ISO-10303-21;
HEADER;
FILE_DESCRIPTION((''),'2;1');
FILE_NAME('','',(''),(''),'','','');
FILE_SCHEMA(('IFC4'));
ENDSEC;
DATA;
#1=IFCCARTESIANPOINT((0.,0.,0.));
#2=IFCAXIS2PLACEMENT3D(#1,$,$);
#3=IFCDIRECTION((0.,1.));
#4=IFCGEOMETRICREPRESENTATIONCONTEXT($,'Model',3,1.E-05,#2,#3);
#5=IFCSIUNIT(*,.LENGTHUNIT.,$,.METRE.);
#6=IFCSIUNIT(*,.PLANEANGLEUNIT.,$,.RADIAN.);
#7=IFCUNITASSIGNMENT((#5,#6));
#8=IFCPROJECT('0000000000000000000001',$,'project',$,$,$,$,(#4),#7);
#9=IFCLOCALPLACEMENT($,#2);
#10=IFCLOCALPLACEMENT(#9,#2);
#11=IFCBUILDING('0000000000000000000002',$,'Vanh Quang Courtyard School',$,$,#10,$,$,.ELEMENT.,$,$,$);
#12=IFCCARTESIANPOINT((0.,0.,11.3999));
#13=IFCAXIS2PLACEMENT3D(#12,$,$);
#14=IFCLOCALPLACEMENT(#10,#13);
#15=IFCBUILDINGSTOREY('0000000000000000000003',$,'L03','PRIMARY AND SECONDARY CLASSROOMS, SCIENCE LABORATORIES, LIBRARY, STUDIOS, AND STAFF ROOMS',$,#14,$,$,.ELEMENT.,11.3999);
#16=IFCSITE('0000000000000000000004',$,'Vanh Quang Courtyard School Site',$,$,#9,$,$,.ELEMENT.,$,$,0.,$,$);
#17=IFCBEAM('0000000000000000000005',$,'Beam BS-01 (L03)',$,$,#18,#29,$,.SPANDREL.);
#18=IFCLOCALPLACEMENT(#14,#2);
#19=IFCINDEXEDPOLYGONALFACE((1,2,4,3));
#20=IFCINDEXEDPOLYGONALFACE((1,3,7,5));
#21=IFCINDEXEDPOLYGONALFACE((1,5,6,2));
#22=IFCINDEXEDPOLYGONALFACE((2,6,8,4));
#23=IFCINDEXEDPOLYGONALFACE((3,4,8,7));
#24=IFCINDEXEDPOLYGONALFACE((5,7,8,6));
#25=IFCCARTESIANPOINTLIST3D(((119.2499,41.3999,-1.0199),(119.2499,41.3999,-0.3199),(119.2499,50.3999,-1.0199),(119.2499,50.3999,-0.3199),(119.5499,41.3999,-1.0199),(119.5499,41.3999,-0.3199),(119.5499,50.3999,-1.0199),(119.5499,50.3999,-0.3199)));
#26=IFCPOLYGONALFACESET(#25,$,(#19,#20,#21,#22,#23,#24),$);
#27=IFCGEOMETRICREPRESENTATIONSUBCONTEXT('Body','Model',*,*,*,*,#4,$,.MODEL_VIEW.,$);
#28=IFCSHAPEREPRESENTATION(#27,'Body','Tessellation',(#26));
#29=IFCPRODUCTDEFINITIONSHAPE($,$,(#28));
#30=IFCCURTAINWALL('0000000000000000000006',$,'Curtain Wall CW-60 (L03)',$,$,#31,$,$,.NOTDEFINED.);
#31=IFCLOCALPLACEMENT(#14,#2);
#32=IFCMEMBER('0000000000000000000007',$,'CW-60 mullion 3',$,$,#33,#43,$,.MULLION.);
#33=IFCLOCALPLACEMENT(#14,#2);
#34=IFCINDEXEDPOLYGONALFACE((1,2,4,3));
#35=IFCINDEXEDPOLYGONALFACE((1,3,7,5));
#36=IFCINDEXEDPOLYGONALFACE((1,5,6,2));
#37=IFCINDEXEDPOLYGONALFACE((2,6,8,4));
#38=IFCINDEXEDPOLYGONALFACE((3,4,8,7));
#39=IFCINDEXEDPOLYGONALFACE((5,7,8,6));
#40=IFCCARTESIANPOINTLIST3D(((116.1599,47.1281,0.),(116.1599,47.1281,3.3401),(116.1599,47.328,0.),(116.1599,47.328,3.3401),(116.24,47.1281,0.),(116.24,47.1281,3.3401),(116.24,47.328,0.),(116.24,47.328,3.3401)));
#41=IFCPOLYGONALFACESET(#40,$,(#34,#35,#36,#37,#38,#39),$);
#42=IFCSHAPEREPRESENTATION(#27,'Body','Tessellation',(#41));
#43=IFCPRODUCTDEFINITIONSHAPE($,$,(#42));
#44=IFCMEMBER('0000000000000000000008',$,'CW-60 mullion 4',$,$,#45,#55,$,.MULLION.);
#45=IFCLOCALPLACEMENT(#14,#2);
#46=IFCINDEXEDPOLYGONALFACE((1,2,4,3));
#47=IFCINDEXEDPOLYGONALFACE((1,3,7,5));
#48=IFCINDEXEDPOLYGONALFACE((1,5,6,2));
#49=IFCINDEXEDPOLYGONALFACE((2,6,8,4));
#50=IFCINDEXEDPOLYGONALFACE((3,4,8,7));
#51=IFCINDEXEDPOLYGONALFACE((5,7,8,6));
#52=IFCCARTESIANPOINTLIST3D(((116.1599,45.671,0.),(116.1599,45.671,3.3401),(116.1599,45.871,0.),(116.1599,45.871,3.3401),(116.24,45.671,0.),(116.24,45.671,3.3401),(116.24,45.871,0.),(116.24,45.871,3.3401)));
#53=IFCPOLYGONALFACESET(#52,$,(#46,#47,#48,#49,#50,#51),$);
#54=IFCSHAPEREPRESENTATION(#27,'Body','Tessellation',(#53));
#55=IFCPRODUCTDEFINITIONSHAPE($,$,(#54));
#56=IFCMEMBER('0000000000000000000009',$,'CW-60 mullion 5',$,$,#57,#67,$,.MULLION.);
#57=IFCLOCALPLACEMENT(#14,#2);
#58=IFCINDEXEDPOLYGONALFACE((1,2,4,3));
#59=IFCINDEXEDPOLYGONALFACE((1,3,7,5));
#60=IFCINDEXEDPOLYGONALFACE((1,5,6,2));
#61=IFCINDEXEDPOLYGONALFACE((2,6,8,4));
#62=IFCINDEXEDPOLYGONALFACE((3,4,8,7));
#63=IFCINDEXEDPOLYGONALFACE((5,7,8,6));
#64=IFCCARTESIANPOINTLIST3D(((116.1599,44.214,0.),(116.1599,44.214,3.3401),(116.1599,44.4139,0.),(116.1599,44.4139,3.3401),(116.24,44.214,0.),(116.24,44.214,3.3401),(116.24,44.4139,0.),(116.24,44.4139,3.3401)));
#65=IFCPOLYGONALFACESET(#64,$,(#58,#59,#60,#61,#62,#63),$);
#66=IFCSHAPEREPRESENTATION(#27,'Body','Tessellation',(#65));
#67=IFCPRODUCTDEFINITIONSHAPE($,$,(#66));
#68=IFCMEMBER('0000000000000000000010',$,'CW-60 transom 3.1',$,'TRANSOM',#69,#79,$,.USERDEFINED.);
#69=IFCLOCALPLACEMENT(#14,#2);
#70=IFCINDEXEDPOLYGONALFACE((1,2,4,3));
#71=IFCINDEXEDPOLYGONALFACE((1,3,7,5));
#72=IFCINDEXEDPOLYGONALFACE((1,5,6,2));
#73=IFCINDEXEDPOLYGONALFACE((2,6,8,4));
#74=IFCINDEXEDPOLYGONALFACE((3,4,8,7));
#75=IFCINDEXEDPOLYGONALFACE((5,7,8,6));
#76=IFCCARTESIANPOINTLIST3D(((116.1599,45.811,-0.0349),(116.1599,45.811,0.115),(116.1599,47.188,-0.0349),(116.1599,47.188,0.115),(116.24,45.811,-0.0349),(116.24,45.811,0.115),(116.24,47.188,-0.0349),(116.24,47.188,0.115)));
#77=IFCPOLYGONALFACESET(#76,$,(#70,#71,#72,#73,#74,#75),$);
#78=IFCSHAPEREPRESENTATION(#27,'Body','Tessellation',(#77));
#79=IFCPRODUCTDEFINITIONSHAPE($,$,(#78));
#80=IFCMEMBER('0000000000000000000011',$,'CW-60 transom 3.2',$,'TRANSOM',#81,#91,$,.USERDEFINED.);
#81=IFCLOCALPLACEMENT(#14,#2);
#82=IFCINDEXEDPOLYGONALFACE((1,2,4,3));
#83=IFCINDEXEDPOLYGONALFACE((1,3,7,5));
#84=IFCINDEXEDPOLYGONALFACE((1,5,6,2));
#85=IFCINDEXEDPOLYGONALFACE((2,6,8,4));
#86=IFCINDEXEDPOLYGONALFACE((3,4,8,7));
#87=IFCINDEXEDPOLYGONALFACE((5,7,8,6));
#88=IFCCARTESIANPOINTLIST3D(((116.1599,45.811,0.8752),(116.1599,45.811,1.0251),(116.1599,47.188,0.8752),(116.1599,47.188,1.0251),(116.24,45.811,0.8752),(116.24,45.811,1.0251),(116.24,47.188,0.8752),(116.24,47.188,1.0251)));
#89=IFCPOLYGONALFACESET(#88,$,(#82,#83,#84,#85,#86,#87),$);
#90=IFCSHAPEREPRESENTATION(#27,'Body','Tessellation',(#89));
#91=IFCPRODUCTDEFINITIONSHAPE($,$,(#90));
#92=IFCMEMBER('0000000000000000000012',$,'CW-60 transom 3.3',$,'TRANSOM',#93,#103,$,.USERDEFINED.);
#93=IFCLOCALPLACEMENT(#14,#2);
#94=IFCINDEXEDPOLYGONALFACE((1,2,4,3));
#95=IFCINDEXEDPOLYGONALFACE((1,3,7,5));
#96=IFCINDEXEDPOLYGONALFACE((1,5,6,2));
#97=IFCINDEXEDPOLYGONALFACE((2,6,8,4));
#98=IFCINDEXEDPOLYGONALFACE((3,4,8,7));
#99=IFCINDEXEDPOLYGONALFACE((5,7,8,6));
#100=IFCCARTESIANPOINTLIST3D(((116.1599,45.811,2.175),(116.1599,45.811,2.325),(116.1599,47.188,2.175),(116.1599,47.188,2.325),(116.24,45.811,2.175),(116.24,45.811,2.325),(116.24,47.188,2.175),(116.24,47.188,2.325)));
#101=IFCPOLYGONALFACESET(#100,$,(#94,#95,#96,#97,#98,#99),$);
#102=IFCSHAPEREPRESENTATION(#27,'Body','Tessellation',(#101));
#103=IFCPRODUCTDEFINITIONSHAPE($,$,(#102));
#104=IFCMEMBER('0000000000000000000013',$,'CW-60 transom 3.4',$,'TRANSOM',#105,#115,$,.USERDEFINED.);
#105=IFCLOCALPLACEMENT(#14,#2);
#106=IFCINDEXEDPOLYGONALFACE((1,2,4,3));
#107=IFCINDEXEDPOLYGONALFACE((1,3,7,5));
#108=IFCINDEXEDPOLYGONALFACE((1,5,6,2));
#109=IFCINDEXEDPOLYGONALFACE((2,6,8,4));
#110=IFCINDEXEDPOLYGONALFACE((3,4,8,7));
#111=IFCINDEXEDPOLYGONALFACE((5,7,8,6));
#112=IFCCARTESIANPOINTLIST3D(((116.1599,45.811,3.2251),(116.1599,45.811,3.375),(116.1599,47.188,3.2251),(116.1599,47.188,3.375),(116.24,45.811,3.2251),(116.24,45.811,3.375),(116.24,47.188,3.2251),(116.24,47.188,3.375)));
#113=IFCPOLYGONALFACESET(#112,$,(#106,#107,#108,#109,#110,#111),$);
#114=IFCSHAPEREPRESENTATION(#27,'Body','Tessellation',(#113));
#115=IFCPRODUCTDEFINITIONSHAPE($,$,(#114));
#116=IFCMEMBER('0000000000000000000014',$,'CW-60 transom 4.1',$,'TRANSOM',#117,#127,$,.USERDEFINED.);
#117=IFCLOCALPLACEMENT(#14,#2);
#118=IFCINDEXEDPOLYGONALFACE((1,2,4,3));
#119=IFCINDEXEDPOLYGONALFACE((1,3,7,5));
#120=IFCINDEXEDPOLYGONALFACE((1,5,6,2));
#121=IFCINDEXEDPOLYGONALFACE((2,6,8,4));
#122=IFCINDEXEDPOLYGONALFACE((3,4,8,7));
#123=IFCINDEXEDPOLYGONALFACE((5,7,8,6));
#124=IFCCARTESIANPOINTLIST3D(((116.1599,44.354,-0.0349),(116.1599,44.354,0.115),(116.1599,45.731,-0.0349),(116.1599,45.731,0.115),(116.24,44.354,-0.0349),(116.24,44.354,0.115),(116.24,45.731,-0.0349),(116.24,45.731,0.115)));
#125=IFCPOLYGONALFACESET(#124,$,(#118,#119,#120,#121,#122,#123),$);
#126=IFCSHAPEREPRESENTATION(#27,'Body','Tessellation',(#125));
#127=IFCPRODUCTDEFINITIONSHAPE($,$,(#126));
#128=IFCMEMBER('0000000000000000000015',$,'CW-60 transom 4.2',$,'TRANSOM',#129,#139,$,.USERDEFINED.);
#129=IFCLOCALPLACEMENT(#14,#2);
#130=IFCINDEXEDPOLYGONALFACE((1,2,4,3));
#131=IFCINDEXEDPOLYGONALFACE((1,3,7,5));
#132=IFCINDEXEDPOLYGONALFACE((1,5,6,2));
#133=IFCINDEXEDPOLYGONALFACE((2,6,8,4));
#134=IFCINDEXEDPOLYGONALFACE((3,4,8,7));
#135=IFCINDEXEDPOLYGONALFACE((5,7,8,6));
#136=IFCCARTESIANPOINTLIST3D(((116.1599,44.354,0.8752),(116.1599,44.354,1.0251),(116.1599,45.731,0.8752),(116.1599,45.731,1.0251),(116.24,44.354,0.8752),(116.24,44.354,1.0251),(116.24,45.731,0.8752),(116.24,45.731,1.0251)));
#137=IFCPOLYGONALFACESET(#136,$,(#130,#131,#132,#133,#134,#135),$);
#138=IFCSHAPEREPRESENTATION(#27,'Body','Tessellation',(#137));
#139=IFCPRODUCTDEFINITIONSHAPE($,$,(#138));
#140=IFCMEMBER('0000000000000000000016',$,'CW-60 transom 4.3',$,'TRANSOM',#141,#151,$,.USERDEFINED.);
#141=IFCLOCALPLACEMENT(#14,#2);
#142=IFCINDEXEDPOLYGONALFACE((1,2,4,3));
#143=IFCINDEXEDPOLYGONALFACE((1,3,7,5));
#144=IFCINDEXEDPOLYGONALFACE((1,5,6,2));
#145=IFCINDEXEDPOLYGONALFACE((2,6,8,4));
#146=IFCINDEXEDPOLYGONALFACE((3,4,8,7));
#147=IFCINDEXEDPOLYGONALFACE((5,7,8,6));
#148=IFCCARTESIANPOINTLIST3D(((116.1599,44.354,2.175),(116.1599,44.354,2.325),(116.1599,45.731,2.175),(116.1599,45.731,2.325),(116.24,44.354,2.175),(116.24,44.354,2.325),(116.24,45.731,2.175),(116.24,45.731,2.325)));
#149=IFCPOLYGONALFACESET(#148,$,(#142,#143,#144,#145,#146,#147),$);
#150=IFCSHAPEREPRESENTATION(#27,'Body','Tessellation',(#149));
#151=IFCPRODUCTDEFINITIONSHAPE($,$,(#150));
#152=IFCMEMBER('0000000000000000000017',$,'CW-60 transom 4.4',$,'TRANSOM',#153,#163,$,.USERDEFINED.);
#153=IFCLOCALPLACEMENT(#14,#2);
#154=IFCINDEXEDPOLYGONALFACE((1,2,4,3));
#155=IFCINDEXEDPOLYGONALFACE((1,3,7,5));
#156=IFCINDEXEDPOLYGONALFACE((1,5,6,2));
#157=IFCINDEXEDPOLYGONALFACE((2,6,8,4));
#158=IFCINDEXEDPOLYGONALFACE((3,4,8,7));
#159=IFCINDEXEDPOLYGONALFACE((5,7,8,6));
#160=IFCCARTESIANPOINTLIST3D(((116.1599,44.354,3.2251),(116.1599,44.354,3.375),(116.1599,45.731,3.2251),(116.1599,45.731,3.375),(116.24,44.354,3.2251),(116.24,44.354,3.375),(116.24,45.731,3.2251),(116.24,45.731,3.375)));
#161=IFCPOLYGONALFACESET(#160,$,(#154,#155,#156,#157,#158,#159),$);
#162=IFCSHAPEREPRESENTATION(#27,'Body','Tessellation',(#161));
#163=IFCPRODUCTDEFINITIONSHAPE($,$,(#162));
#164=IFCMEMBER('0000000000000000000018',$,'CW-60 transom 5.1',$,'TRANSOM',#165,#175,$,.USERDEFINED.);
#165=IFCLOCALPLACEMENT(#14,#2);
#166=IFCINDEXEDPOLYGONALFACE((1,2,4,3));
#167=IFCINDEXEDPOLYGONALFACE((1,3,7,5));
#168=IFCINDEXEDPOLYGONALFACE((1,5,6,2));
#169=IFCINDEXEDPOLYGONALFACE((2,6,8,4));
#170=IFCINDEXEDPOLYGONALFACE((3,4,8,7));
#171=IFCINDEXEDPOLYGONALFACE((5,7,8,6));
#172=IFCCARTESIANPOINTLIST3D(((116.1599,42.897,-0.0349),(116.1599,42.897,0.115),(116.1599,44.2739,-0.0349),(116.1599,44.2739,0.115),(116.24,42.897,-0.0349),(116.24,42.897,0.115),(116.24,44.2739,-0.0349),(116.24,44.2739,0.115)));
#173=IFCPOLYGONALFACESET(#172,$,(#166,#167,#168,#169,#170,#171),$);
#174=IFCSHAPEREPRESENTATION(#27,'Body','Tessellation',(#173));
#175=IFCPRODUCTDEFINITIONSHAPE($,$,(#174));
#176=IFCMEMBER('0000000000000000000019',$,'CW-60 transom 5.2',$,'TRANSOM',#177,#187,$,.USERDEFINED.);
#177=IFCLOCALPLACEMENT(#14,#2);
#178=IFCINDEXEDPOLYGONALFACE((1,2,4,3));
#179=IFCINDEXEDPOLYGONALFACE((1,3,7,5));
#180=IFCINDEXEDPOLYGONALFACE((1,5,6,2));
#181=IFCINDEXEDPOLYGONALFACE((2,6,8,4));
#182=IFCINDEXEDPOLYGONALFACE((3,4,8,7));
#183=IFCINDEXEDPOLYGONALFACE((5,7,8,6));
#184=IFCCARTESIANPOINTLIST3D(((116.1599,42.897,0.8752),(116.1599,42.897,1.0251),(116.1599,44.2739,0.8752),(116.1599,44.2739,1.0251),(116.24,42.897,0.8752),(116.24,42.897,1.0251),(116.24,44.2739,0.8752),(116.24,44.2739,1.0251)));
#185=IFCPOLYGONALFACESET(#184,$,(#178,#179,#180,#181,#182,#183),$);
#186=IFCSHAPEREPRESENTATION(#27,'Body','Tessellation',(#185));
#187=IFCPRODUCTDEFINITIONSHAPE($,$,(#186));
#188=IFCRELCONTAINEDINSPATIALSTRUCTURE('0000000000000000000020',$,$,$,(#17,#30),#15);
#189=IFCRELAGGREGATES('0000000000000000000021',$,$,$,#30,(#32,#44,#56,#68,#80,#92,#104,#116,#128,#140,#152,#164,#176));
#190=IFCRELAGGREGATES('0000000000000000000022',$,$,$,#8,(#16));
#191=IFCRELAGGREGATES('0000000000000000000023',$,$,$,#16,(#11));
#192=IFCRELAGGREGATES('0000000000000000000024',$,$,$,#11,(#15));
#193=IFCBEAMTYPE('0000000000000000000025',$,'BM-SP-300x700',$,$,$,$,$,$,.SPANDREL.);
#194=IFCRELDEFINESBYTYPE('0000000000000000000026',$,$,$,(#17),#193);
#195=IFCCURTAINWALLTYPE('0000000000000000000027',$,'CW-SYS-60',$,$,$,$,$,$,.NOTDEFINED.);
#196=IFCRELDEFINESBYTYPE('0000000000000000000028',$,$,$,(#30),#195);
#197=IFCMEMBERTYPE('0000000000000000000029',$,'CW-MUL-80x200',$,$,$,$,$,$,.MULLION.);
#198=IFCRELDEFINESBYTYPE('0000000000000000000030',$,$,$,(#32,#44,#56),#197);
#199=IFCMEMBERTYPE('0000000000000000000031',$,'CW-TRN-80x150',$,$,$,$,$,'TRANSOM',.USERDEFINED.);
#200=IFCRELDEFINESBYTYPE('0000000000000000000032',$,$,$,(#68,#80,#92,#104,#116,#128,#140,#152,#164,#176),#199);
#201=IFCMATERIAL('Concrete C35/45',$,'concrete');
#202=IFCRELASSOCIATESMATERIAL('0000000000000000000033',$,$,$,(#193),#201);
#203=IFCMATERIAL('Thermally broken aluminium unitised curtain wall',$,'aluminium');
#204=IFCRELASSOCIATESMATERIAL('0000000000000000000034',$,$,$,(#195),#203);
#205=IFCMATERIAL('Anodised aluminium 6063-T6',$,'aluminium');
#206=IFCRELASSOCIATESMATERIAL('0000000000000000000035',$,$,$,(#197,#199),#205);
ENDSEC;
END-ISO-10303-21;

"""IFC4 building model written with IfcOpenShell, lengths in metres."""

from ifc_helpers import new_model, si_unit, direction, frame, origin, origin_2d, place, context, subcontext, project, spatial, rectangle, extrude, material, material_profile, profile_set, type_object, element, aggregate, save


model = new_model("IFC4")

# Units and contexts
model_context = context("Model", 3, precision=1e-05, world=origin(), true_north=direction((0.0, 1.0)))
body_context = subcontext(model_context, "Body", "Model", "MODEL_VIEW")
ifc_project = project(units=[si_unit("LENGTHUNIT", "METRE"), si_unit("PLANEANGLEUNIT", "RADIAN")], contexts=[model_context])

# Site, building, storey
site_placement = place(None, origin())
site = spatial("IfcSite", under=ifc_project, at=site_placement, Name="Vanh Quang Courtyard School Site", CompositionType="ELEMENT", RefElevation=0.0)
building_placement = place(site_placement, origin())
building = spatial("IfcBuilding", under=site, at=building_placement, Name="Vanh Quang Courtyard School", CompositionType="ELEMENT")
storey_placement = place(building_placement, frame((0.0, 0.0, 11.3999)))
storey = spatial("IfcBuildingStorey", under=building, at=storey_placement, Name="L03", Description="PRIMARY AND SECONDARY CLASSROOMS, SCIENCE LABORATORIES, LIBRARY, STUDIOS, AND STAFF ROOMS", CompositionType="ELEMENT", Elevation=11.3999)

# Beam
ifc_material_1 = material(Name="Concrete C35/45", Category="concrete")
ifc_material_profile_1 = material_profile(ifc_material_1, rectangle(XDim=0.3, YDim=0.7, at=origin_2d()), Name="RC-SP 300x700")
ifc_profile_set_1 = profile_set([ifc_material_profile_1], Name="Concrete C35/45")
beam_type = type_object("IfcBeamType", Name="BM-SP-300x700", PredefinedType="SPANDREL", material=ifc_profile_set_1)
beam_placement = place(storey_placement, frame((119.3999, 41.3999, -0.6699), z_axis=(0.0, 1.0, 0.0), x_axis=(-1.0, 0.0, 0.0)))
element("IfcBeam", 1, at=beam_placement, inside=storey, type_object=beam_type, Name="Beam BS-01 (L03)", PredefinedType="SPANDREL", context=body_context, shape_type="SweptSolid", body=[
    extrude(rectangle(XDim=0.3, YDim=0.7, at=origin_2d()), origin(), (0.0, 0.0, 1.0), 9.0),
])

# Curtain wall, members
ifc_material_2 = material(Name="Thermally broken aluminium unitised curtain wall", Category="aluminium")
curtain_wall_type = type_object("IfcCurtainWallType", Name="CW-SYS-60", PredefinedType="NOTDEFINED", material=ifc_material_2)
curtain_wall_placement = place(storey_placement, origin())
curtain_wall = element("IfcCurtainWall", 2, at=curtain_wall_placement, inside=storey, type_object=curtain_wall_type, Name="Curtain Wall CW-60 (L03)", PredefinedType="NOTDEFINED")
ifc_material_3 = material(Name="Anodised aluminium 6063-T6", Category="aluminium")
ifc_material_profile_2 = material_profile(ifc_material_3, rectangle(XDim=0.0801, YDim=0.2, at=origin_2d()), Name="ALU-MUL 80x200")
ifc_profile_set_2 = profile_set([ifc_material_profile_2], Name="Anodised aluminium 6063-T6")
member_type_1 = type_object("IfcMemberType", Name="CW-MUL-80x200", PredefinedType="MULLION", material=ifc_profile_set_2)
member_1_placement = place(storey_placement, frame((116.2, 47.228, 0.0), z_axis=(0.0, 0.0, 1.0), x_axis=(1.0, 0.0, 0.0)))
member_1 = element("IfcMember", 3, at=member_1_placement, type_object=member_type_1, Name="CW-60 mullion 3", PredefinedType="MULLION", context=body_context, shape_type="SweptSolid", body=[
    extrude(rectangle(XDim=0.0801, YDim=0.2, at=origin_2d()), origin(), (0.0, 0.0, 1.0), 3.3401),
])
member_2_placement = place(storey_placement, frame((116.2, 45.771, 0.0), z_axis=(0.0, 0.0, 1.0), x_axis=(1.0, 0.0, 0.0)))
member_2 = element("IfcMember", 4, at=member_2_placement, type_object=member_type_1, Name="CW-60 mullion 4", PredefinedType="MULLION", context=body_context, shape_type="SweptSolid", body=[
    extrude(rectangle(XDim=0.0801, YDim=0.2, at=origin_2d()), origin(), (0.0, 0.0, 1.0), 3.3401),
])
member_3_placement = place(storey_placement, frame((116.2, 44.314, 0.0), z_axis=(0.0, 0.0, 1.0), x_axis=(1.0, 0.0, 0.0)))
member_3 = element("IfcMember", 5, at=member_3_placement, type_object=member_type_1, Name="CW-60 mullion 5", PredefinedType="MULLION", context=body_context, shape_type="SweptSolid", body=[
    extrude(rectangle(XDim=0.0801, YDim=0.2, at=origin_2d()), origin(), (0.0, 0.0, 1.0), 3.3401),
])
ifc_material_profile_3 = material_profile(ifc_material_3, rectangle(XDim=0.0801, YDim=0.1499, at=origin_2d()), Name="ALU-TRN 80x150")
ifc_profile_set_3 = profile_set([ifc_material_profile_3], Name="Anodised aluminium 6063-T6")
member_type_2 = type_object("IfcMemberType", Name="CW-TRN-80x150", ElementType="TRANSOM", PredefinedType="USERDEFINED", material=ifc_profile_set_3)
member_4_placement = place(storey_placement, frame((116.2, 47.188, 0.04), z_axis=(0.0, -1.0, 0.0), x_axis=(1.0, 0.0, 0.0)))
member_4 = element("IfcMember", 6, at=member_4_placement, type_object=member_type_2, Name="CW-60 transom 3.1", ObjectType="TRANSOM", PredefinedType="USERDEFINED", context=body_context, shape_type="SweptSolid", body=[
    extrude(rectangle(XDim=0.0801, YDim=0.1499, at=origin_2d()), origin(), (0.0, 0.0, 1.0), 1.377),
])
member_5_placement = place(storey_placement, frame((116.2, 47.188, 0.9502), z_axis=(0.0, -1.0, 0.0), x_axis=(1.0, 0.0, 0.0)))
member_5 = element("IfcMember", 7, at=member_5_placement, type_object=member_type_2, Name="CW-60 transom 3.2", ObjectType="TRANSOM", PredefinedType="USERDEFINED", context=body_context, shape_type="SweptSolid", body=[
    extrude(rectangle(XDim=0.0801, YDim=0.1499, at=origin_2d()), origin(), (0.0, 0.0, 1.0), 1.377),
])
member_6_placement = place(storey_placement, frame((116.2, 47.188, 2.25), z_axis=(0.0, -1.0, 0.0), x_axis=(1.0, 0.0, 0.0)))
member_6 = element("IfcMember", 8, at=member_6_placement, type_object=member_type_2, Name="CW-60 transom 3.3", ObjectType="TRANSOM", PredefinedType="USERDEFINED", context=body_context, shape_type="SweptSolid", body=[
    extrude(rectangle(XDim=0.0801, YDim=0.1499, at=origin_2d()), origin(), (0.0, 0.0, 1.0), 1.377),
])
member_7_placement = place(storey_placement, frame((116.2, 47.188, 3.3), z_axis=(0.0, -1.0, 0.0), x_axis=(1.0, 0.0, 0.0)))
member_7 = element("IfcMember", 9, at=member_7_placement, type_object=member_type_2, Name="CW-60 transom 3.4", ObjectType="TRANSOM", PredefinedType="USERDEFINED", context=body_context, shape_type="SweptSolid", body=[
    extrude(rectangle(XDim=0.0801, YDim=0.1499, at=origin_2d()), origin(), (0.0, 0.0, 1.0), 1.377),
])
member_8_placement = place(storey_placement, frame((116.2, 45.731, 0.04), z_axis=(0.0, -1.0, 0.0), x_axis=(1.0, 0.0, 0.0)))
member_8 = element("IfcMember", 10, at=member_8_placement, type_object=member_type_2, Name="CW-60 transom 4.1", ObjectType="TRANSOM", PredefinedType="USERDEFINED", context=body_context, shape_type="SweptSolid", body=[
    extrude(rectangle(XDim=0.0801, YDim=0.1499, at=origin_2d()), origin(), (0.0, 0.0, 1.0), 1.377),
])
member_9_placement = place(storey_placement, frame((116.2, 45.731, 0.9502), z_axis=(0.0, -1.0, 0.0), x_axis=(1.0, 0.0, 0.0)))
member_9 = element("IfcMember", 11, at=member_9_placement, type_object=member_type_2, Name="CW-60 transom 4.2", ObjectType="TRANSOM", PredefinedType="USERDEFINED", context=body_context, shape_type="SweptSolid", body=[
    extrude(rectangle(XDim=0.0801, YDim=0.1499, at=origin_2d()), origin(), (0.0, 0.0, 1.0), 1.377),
])
member_10_placement = place(storey_placement, frame((116.2, 45.731, 2.25), z_axis=(0.0, -1.0, 0.0), x_axis=(1.0, 0.0, 0.0)))
member_10 = element("IfcMember", 12, at=member_10_placement, type_object=member_type_2, Name="CW-60 transom 4.3", ObjectType="TRANSOM", PredefinedType="USERDEFINED", context=body_context, shape_type="SweptSolid", body=[
    extrude(rectangle(XDim=0.0801, YDim=0.1499, at=origin_2d()), origin(), (0.0, 0.0, 1.0), 1.377),
])
member_11_placement = place(storey_placement, frame((116.2, 45.731, 3.3), z_axis=(0.0, -1.0, 0.0), x_axis=(1.0, 0.0, 0.0)))
member_11 = element("IfcMember", 13, at=member_11_placement, type_object=member_type_2, Name="CW-60 transom 4.4", ObjectType="TRANSOM", PredefinedType="USERDEFINED", context=body_context, shape_type="SweptSolid", body=[
    extrude(rectangle(XDim=0.0801, YDim=0.1499, at=origin_2d()), origin(), (0.0, 0.0, 1.0), 1.377),
])
member_12_placement = place(storey_placement, frame((116.2, 44.2739, 0.04), z_axis=(0.0, -1.0, 0.0), x_axis=(1.0, 0.0, 0.0)))
member_12 = element("IfcMember", 14, at=member_12_placement, type_object=member_type_2, Name="CW-60 transom 5.1", ObjectType="TRANSOM", PredefinedType="USERDEFINED", context=body_context, shape_type="SweptSolid", body=[
    extrude(rectangle(XDim=0.0801, YDim=0.1499, at=origin_2d()), origin(), (0.0, 0.0, 1.0), 1.377),
])
member_13_placement = place(storey_placement, frame((116.2, 44.2739, 0.9502), z_axis=(0.0, -1.0, 0.0), x_axis=(1.0, 0.0, 0.0)))
member_13 = element("IfcMember", 15, at=member_13_placement, type_object=member_type_2, Name="CW-60 transom 5.2", ObjectType="TRANSOM", PredefinedType="USERDEFINED", context=body_context, shape_type="SweptSolid", body=[
    extrude(rectangle(XDim=0.0801, YDim=0.1499, at=origin_2d()), origin(), (0.0, 0.0, 1.0), 1.377),
])
aggregate(curtain_wall, [member_1, member_2, member_3, member_4, member_5, member_6, member_7, member_8, member_9, member_10, member_11, member_12, member_13])

save(model, "model.ifc")
